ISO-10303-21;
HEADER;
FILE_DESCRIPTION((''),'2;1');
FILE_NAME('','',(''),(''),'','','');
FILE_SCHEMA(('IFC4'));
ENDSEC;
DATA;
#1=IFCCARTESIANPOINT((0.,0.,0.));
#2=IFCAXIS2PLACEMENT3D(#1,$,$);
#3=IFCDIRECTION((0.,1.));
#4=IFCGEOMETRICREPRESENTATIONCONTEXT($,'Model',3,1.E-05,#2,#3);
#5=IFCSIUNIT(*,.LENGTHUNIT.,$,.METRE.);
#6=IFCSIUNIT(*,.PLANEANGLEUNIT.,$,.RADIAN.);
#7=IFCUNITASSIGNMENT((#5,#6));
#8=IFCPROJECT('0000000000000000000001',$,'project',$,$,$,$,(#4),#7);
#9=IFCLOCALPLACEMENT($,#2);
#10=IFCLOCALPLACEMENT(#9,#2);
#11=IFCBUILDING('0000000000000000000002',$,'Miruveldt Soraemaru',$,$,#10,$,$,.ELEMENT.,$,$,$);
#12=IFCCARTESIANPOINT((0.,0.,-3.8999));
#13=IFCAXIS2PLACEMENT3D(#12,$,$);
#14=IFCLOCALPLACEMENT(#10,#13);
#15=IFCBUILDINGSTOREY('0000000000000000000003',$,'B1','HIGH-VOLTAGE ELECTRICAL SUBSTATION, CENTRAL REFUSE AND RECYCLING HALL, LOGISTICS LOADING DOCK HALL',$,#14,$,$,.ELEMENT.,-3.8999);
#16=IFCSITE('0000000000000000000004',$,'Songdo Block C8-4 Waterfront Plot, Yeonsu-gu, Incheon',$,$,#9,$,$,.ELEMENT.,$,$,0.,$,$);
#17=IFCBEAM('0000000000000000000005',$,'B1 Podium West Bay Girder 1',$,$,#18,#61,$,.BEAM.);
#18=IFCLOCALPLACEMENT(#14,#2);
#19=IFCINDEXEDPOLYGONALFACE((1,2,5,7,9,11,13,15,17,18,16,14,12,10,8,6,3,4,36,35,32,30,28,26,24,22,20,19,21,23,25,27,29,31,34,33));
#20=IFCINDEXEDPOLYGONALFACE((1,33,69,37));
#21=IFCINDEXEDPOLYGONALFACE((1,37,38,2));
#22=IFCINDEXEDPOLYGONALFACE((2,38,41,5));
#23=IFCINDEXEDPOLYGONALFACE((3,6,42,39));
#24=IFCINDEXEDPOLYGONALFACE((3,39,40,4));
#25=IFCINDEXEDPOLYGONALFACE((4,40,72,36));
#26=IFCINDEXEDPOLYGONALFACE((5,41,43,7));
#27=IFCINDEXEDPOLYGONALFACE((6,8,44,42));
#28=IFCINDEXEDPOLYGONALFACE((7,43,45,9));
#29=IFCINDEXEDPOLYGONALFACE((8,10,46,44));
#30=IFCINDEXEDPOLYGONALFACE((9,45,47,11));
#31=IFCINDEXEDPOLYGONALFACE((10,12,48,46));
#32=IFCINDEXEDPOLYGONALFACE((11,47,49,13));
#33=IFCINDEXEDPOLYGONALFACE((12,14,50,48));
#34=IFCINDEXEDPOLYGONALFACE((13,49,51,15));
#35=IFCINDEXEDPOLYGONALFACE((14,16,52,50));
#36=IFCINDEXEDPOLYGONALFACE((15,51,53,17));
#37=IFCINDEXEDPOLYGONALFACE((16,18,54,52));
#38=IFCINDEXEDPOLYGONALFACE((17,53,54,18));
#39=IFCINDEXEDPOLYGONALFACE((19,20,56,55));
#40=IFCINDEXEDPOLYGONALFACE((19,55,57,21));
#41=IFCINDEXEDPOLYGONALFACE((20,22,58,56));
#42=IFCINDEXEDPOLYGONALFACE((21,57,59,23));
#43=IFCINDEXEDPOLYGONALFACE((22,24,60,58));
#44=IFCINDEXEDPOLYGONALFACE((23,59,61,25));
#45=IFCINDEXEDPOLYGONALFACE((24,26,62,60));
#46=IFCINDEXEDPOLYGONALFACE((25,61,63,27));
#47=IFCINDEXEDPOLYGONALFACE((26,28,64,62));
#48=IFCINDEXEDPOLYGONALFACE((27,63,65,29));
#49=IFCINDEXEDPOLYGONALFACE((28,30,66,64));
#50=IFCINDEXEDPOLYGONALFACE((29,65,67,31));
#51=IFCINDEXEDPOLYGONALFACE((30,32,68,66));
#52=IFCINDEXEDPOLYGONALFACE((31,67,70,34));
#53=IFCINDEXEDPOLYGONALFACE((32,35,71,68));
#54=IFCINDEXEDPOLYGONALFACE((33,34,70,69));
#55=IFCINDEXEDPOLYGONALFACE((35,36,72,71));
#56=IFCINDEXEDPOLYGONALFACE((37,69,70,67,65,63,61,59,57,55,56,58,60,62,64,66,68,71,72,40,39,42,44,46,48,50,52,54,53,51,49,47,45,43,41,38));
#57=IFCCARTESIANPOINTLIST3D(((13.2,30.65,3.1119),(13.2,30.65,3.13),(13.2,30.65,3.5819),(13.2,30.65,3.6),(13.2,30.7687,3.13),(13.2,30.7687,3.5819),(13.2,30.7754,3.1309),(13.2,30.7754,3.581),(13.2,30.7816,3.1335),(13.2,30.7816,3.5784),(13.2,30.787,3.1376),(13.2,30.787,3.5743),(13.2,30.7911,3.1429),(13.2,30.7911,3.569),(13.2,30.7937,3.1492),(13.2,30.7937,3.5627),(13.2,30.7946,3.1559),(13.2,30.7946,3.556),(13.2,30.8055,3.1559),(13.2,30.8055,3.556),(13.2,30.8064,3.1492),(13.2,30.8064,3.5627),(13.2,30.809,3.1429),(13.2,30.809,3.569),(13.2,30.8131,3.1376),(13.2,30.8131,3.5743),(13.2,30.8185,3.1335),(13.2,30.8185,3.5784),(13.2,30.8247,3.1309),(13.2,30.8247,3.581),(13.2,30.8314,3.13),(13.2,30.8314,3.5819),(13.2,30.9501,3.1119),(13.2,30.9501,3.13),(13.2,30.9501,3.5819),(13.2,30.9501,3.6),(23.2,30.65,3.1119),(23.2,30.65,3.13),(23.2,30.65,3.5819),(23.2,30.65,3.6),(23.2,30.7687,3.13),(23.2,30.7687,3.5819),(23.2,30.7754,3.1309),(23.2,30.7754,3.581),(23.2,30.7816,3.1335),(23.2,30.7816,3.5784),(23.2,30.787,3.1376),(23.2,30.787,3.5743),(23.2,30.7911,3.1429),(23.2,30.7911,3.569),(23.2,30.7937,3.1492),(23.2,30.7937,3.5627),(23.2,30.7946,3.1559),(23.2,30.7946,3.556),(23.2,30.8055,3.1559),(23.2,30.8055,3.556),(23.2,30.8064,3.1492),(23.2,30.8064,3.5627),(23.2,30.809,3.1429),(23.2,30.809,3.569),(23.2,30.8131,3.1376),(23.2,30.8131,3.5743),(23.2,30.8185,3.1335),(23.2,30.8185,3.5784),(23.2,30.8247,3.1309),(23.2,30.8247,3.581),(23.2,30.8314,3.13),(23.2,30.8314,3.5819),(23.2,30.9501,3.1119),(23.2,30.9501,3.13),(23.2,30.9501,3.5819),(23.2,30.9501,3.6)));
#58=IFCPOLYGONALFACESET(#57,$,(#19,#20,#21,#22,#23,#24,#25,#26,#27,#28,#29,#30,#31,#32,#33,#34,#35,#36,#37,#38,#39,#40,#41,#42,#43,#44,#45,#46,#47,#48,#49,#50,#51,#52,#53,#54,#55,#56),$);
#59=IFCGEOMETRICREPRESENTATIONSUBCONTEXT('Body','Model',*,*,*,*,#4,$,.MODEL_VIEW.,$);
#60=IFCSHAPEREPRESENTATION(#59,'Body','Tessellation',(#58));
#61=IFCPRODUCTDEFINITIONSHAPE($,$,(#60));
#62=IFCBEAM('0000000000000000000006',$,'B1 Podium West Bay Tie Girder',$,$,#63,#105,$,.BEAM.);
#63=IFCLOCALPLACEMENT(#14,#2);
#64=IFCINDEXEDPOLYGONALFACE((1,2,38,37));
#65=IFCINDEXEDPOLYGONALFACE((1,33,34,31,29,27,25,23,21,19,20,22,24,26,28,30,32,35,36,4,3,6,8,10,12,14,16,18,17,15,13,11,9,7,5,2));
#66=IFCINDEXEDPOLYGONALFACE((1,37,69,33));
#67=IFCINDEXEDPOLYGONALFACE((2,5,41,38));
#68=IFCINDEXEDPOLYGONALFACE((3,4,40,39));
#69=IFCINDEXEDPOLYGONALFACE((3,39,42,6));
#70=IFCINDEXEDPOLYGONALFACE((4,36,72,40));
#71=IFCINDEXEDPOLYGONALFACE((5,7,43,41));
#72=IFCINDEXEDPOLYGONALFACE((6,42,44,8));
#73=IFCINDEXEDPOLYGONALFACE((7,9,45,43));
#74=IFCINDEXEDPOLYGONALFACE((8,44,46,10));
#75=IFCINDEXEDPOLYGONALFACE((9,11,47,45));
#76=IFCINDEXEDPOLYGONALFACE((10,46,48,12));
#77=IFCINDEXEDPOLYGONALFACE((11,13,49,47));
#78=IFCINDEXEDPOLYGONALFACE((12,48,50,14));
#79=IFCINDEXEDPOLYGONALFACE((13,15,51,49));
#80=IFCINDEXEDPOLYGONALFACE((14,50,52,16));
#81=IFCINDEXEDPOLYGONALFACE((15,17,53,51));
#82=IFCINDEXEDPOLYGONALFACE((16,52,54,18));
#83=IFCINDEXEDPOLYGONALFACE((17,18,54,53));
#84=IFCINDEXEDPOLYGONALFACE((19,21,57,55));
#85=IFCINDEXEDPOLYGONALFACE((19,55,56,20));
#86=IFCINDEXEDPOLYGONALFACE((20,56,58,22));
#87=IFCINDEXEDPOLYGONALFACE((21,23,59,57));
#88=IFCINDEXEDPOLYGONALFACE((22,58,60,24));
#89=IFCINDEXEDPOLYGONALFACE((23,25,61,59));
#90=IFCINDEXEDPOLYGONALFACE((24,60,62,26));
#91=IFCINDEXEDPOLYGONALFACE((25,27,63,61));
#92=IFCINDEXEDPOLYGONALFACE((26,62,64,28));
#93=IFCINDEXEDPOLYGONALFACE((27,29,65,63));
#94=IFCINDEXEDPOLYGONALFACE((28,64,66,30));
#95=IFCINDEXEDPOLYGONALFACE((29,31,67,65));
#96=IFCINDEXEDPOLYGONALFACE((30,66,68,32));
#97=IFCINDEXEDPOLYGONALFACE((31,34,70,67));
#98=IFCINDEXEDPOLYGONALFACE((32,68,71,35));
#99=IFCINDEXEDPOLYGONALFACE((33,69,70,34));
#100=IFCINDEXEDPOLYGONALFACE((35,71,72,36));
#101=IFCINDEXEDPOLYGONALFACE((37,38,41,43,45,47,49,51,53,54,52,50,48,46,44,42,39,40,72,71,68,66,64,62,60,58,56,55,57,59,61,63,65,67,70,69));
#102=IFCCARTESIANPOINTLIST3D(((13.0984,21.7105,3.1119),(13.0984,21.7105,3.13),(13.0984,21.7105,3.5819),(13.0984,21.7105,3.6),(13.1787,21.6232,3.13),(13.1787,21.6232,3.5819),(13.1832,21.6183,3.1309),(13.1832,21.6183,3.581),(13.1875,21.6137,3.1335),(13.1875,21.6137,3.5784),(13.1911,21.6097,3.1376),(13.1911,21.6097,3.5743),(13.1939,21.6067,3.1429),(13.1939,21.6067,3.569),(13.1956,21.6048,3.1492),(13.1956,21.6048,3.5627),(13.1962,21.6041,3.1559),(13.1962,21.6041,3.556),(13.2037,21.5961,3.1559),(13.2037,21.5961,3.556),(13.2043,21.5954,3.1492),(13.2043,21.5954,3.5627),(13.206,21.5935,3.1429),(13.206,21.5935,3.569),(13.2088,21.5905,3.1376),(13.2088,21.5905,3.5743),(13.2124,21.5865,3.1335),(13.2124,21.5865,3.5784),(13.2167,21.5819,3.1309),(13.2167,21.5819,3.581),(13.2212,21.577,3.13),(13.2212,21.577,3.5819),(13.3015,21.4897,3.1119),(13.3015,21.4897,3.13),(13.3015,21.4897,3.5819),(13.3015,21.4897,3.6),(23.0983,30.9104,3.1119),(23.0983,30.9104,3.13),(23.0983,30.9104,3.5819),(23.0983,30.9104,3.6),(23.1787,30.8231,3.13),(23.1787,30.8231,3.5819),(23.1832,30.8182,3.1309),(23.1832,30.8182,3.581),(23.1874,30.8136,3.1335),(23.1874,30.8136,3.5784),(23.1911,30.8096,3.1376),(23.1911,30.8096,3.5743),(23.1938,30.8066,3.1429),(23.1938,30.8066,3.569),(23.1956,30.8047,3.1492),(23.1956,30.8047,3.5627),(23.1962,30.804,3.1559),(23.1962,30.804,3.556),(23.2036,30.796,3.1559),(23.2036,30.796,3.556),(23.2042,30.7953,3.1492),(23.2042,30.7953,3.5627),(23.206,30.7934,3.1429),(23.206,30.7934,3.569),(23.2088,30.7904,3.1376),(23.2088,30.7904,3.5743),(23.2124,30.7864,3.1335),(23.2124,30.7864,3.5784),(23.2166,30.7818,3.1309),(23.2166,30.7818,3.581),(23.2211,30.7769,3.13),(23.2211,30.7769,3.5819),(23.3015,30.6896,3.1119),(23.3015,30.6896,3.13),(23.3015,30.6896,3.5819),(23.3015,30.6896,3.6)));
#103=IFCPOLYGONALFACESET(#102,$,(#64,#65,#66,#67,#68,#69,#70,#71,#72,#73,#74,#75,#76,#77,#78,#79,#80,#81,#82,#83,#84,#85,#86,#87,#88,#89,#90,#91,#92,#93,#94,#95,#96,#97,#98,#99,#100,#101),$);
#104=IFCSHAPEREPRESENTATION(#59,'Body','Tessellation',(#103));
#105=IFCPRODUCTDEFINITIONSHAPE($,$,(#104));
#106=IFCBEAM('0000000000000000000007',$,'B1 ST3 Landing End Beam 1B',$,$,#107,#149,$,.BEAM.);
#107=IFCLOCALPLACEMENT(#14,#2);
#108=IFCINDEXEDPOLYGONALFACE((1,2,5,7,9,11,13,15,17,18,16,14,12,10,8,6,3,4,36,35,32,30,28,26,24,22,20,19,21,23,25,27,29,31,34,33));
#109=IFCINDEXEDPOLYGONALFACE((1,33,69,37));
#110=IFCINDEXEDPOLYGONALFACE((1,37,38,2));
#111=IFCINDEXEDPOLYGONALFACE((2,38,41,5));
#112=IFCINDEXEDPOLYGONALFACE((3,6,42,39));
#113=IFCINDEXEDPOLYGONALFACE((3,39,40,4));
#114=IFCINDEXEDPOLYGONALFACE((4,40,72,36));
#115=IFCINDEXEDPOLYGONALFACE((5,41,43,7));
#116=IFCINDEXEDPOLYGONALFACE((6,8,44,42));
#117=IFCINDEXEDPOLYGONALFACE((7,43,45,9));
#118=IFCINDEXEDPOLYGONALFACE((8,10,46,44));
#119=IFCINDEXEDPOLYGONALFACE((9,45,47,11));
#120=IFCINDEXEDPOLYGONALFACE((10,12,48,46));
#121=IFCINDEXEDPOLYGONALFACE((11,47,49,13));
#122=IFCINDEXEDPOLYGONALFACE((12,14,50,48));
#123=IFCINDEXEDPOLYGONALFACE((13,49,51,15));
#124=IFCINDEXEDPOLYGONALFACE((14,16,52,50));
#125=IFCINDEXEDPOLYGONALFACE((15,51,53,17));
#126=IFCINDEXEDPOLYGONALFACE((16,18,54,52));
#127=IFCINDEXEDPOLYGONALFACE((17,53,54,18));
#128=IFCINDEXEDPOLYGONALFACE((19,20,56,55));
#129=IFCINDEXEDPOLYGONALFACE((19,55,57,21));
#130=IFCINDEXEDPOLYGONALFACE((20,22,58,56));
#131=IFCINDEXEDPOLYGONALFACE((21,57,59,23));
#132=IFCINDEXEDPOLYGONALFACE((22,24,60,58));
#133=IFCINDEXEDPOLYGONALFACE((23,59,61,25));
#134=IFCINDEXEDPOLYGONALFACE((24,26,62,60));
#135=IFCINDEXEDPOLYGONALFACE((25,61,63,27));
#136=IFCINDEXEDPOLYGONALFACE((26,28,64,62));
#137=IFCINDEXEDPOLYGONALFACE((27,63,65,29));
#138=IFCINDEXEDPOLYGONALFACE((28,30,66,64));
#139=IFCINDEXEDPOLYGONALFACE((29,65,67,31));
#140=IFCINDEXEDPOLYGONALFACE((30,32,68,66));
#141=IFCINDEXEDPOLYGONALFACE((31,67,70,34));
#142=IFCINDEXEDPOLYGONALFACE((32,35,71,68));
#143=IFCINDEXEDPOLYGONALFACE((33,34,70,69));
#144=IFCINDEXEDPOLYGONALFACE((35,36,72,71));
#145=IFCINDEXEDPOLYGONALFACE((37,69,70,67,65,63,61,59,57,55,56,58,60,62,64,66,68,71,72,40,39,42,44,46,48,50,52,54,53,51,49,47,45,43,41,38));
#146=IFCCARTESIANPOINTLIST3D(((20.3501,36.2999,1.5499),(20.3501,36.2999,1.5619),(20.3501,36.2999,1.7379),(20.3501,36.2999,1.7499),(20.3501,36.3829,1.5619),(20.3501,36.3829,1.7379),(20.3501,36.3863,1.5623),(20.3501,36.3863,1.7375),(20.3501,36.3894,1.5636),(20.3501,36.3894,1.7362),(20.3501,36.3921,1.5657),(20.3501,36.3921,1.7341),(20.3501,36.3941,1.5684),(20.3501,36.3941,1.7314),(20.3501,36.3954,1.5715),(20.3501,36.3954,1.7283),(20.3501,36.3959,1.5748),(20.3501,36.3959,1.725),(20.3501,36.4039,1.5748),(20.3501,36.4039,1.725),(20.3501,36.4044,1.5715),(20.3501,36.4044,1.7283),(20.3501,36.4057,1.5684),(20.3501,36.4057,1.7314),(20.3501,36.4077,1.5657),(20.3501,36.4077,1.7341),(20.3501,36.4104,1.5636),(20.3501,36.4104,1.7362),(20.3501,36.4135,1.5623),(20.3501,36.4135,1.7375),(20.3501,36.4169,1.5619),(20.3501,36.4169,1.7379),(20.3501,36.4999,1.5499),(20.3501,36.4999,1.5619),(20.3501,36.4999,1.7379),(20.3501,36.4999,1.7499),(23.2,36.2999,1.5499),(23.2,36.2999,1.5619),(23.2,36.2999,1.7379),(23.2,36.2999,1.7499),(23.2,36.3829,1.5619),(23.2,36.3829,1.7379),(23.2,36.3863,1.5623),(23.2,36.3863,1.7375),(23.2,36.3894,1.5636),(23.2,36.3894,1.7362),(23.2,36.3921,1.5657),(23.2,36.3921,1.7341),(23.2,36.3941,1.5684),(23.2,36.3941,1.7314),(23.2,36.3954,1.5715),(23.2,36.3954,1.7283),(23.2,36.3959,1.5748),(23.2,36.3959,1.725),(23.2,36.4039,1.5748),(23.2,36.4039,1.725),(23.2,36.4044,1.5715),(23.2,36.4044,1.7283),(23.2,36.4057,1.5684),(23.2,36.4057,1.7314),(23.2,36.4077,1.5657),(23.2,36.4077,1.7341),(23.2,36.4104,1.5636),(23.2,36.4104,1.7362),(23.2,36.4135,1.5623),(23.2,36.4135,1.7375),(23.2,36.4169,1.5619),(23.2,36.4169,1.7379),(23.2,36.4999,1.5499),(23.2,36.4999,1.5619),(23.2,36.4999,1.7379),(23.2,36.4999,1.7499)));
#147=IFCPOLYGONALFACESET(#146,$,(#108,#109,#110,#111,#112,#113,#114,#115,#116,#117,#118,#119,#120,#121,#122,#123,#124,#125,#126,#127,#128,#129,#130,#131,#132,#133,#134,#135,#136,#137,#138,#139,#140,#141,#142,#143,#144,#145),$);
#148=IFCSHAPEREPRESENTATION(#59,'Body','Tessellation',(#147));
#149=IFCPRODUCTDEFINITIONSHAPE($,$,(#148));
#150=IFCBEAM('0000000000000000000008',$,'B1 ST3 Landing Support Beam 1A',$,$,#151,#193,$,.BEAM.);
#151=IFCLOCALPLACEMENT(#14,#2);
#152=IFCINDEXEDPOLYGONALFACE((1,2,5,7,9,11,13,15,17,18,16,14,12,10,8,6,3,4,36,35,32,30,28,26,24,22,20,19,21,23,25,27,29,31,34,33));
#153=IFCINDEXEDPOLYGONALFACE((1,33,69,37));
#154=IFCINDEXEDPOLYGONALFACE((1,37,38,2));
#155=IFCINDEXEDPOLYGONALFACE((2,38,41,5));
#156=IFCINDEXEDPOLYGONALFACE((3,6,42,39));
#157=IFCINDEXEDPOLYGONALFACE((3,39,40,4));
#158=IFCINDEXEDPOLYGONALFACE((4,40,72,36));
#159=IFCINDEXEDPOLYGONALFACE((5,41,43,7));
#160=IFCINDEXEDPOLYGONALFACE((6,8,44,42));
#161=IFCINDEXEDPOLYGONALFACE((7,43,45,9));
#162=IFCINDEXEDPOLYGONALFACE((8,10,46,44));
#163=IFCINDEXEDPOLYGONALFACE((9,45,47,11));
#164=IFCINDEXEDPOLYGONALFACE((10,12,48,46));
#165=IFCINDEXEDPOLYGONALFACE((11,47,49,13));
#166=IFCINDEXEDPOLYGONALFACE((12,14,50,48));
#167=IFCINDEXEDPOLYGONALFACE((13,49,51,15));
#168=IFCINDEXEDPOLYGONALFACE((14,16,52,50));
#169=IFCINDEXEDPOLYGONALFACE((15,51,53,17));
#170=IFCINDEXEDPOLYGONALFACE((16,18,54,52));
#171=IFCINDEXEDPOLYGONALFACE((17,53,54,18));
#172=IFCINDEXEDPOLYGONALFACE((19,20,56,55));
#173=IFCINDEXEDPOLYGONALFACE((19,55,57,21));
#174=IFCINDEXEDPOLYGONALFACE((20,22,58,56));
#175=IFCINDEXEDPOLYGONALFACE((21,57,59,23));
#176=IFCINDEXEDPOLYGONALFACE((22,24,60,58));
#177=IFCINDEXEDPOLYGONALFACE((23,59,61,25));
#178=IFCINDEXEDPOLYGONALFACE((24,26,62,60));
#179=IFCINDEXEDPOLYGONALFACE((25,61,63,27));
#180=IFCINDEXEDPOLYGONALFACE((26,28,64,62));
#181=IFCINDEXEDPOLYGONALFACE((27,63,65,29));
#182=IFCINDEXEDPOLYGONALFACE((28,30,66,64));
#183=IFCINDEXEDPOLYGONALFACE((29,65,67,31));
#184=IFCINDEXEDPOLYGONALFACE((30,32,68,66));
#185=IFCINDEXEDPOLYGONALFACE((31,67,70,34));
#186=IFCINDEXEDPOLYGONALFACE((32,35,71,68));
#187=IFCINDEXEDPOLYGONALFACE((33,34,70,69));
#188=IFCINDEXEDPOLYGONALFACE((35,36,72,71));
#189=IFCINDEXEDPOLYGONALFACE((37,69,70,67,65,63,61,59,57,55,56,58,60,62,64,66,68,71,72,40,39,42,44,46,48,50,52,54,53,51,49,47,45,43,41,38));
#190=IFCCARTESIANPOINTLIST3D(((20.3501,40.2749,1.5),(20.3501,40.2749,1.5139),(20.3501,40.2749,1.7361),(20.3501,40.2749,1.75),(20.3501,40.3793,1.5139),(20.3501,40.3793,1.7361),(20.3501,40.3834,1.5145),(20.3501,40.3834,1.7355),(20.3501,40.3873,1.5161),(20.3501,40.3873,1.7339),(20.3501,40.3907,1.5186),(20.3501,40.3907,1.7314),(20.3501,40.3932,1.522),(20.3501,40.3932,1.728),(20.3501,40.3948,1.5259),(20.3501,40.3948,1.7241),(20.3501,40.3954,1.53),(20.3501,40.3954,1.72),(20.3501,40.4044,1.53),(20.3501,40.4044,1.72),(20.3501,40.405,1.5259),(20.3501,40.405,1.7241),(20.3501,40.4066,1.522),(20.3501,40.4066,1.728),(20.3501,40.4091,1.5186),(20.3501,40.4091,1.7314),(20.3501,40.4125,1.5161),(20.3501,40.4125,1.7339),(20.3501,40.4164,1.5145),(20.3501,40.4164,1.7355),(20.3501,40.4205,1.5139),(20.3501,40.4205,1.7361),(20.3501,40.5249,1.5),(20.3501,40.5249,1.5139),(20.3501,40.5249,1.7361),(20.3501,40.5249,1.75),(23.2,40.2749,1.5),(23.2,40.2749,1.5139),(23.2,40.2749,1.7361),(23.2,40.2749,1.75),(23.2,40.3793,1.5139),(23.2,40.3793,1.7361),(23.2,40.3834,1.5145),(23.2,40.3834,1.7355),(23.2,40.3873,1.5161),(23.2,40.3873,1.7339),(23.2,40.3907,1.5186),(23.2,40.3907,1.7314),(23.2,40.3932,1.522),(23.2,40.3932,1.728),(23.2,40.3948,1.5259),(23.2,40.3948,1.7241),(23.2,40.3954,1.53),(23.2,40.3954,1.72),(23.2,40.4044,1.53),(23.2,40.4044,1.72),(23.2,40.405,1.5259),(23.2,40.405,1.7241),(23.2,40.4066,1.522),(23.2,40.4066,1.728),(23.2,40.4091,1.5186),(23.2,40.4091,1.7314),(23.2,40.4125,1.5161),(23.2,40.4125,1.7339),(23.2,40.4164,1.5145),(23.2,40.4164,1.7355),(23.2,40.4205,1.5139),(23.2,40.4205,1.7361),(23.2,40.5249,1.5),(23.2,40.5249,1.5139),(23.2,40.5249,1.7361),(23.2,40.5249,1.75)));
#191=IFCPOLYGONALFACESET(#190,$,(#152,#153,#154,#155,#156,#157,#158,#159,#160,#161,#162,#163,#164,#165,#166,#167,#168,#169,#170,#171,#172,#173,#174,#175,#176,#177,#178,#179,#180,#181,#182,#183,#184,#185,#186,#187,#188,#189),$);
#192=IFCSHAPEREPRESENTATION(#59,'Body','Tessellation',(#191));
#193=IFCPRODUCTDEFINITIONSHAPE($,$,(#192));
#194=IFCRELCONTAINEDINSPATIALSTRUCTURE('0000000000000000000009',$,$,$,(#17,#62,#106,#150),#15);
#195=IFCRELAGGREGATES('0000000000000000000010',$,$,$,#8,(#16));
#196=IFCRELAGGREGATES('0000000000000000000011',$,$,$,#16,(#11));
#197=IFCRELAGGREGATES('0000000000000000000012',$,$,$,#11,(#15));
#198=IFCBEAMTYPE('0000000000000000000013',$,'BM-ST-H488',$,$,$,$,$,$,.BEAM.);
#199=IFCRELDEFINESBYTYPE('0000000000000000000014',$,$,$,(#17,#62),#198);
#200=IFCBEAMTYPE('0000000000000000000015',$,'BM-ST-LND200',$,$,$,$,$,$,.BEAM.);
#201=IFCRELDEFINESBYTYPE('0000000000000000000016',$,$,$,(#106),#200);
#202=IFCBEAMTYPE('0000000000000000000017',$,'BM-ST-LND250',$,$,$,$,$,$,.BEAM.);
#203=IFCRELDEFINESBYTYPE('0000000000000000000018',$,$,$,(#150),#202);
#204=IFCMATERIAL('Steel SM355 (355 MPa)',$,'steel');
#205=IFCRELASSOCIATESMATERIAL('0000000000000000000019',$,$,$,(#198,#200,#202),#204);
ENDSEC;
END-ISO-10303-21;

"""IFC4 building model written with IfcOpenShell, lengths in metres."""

from ifc_helpers import new_model, si_unit, direction, frame, origin, origin_2d, place, context, subcontext, project, spatial, i_section, extrude, material, material_profile, profile_set, type_object, element, save


model = new_model("IFC4")

# Units and contexts
model_context = context("Model", 3, precision=1e-05, world=origin(), true_north=direction((0.0, 1.0)))
body_context = subcontext(model_context, "Body", "Model", "MODEL_VIEW")
ifc_project = project(units=[si_unit("LENGTHUNIT", "METRE"), si_unit("PLANEANGLEUNIT", "RADIAN")], contexts=[model_context])

# Site, building, storey
site_placement = place(None, origin())
site = spatial("IfcSite", under=ifc_project, at=site_placement, Name="Songdo Block C8-4 Waterfront Plot, Yeonsu-gu, Incheon", CompositionType="ELEMENT", RefElevation=0.0)
building_placement = place(site_placement, origin())
building = spatial("IfcBuilding", under=site, at=building_placement, Name="Miruveldt Soraemaru", CompositionType="ELEMENT")
storey_placement = place(building_placement, frame((0.0, 0.0, -3.8999)))
storey = spatial("IfcBuildingStorey", under=building, at=storey_placement, Name="B1", Description="HIGH-VOLTAGE ELECTRICAL SUBSTATION, CENTRAL REFUSE AND RECYCLING HALL, LOGISTICS LOADING DOCK HALL", CompositionType="ELEMENT", Elevation=-3.8999)

# Beams
ifc_material_1 = material(Name="Steel SM355 (355 MPa)", Category="steel")
ifc_material_profile_1 = material_profile(ifc_material_1, i_section(OverallWidth=0.3, OverallDepth=0.488, WebThickness=0.011, FlangeThickness=0.0181, FilletRadius=0.0259, at=origin_2d()), Name="Steel SM355 (355 MPa)", Category="steel")
ifc_profile_set_1 = profile_set([ifc_material_profile_1], Name="Steel SM355 (355 MPa)")
beam_type_1 = type_object("IfcBeamType", Name="BM-ST-H488", PredefinedType="BEAM", material=ifc_profile_set_1)
beam_1_placement = place(storey_placement, frame((23.2, 30.8, 3.356), z_axis=(-1.0, 0.0, 0.0), x_axis=(0.0, -1.0, 0.0)))
element("IfcBeam", 1, at=beam_1_placement, inside=storey, type_object=beam_type_1, Name="B1 Podium West Bay Girder 1", PredefinedType="BEAM", context=body_context, shape_type="SweptSolid", body=[
    extrude(i_section(OverallWidth=0.3, OverallDepth=0.488, WebThickness=0.011, FlangeThickness=0.0181, FilletRadius=0.0259, at=origin_2d()), origin(), (0.0, 0.0, 1.0), 10.0),
])
beam_2_placement = place(storey_placement, frame((13.2, 21.6001, 3.356), z_axis=(0.735933, 0.677055, 0.0), x_axis=(-0.677055, 0.735933, 0.0)))
element("IfcBeam", 2, at=beam_2_placement, inside=storey, type_object=beam_type_1, Name="B1 Podium West Bay Tie Girder", PredefinedType="BEAM", context=body_context, shape_type="SweptSolid", body=[
    extrude(i_section(OverallWidth=0.3, OverallDepth=0.488, WebThickness=0.011, FlangeThickness=0.0181, FilletRadius=0.0259, at=origin_2d()), origin(), (0.0, 0.0, 1.0), 13.5881),
])
ifc_material_profile_2 = material_profile(ifc_material_1, i_section(OverallWidth=0.2, OverallDepth=0.2, WebThickness=0.0081, FlangeThickness=0.012, FilletRadius=0.0129, at=origin_2d()), Name="Steel SM355 (355 MPa)", Category="steel")
ifc_profile_set_2 = profile_set([ifc_material_profile_2], Name="Steel SM355 (355 MPa)")
beam_type_2 = type_object("IfcBeamType", Name="BM-ST-LND200", PredefinedType="BEAM", material=ifc_profile_set_2)
beam_3_placement = place(storey_placement, frame((20.3501, 36.3999, 1.6499), z_axis=(1.0, 0.0, 0.0), x_axis=(0.0, 1.0, 0.0)))
element("IfcBeam", 3, at=beam_3_placement, inside=storey, type_object=beam_type_2, Name="B1 ST3 Landing End Beam 1B", PredefinedType="BEAM", context=body_context, shape_type="SweptSolid", body=[
    extrude(i_section(OverallWidth=0.2, OverallDepth=0.2, WebThickness=0.0081, FlangeThickness=0.012, FilletRadius=0.0129, at=origin_2d()), origin(), (0.0, 0.0, 1.0), 2.8499),
])
ifc_material_profile_3 = material_profile(ifc_material_1, i_section(OverallWidth=0.25, OverallDepth=0.25, WebThickness=0.009, FlangeThickness=0.0139, FilletRadius=0.0161, at=origin_2d()), Name="Steel SM355 (355 MPa)", Category="steel")
ifc_profile_set_3 = profile_set([ifc_material_profile_3], Name="Steel SM355 (355 MPa)")
beam_type_3 = type_object("IfcBeamType", Name="BM-ST-LND250", PredefinedType="BEAM", material=ifc_profile_set_3)
beam_4_placement = place(storey_placement, frame((20.3501, 40.3999, 1.625), z_axis=(1.0, 0.0, 0.0), x_axis=(0.0, 1.0, 0.0)))
element("IfcBeam", 4, at=beam_4_placement, inside=storey, type_object=beam_type_3, Name="B1 ST3 Landing Support Beam 1A", PredefinedType="BEAM", context=body_context, shape_type="SweptSolid", body=[
    extrude(i_section(OverallWidth=0.25, OverallDepth=0.25, WebThickness=0.009, FlangeThickness=0.0139, FilletRadius=0.0161, at=origin_2d()), origin(), (0.0, 0.0, 1.0), 2.8499),
])

save(model, "model.ifc")
